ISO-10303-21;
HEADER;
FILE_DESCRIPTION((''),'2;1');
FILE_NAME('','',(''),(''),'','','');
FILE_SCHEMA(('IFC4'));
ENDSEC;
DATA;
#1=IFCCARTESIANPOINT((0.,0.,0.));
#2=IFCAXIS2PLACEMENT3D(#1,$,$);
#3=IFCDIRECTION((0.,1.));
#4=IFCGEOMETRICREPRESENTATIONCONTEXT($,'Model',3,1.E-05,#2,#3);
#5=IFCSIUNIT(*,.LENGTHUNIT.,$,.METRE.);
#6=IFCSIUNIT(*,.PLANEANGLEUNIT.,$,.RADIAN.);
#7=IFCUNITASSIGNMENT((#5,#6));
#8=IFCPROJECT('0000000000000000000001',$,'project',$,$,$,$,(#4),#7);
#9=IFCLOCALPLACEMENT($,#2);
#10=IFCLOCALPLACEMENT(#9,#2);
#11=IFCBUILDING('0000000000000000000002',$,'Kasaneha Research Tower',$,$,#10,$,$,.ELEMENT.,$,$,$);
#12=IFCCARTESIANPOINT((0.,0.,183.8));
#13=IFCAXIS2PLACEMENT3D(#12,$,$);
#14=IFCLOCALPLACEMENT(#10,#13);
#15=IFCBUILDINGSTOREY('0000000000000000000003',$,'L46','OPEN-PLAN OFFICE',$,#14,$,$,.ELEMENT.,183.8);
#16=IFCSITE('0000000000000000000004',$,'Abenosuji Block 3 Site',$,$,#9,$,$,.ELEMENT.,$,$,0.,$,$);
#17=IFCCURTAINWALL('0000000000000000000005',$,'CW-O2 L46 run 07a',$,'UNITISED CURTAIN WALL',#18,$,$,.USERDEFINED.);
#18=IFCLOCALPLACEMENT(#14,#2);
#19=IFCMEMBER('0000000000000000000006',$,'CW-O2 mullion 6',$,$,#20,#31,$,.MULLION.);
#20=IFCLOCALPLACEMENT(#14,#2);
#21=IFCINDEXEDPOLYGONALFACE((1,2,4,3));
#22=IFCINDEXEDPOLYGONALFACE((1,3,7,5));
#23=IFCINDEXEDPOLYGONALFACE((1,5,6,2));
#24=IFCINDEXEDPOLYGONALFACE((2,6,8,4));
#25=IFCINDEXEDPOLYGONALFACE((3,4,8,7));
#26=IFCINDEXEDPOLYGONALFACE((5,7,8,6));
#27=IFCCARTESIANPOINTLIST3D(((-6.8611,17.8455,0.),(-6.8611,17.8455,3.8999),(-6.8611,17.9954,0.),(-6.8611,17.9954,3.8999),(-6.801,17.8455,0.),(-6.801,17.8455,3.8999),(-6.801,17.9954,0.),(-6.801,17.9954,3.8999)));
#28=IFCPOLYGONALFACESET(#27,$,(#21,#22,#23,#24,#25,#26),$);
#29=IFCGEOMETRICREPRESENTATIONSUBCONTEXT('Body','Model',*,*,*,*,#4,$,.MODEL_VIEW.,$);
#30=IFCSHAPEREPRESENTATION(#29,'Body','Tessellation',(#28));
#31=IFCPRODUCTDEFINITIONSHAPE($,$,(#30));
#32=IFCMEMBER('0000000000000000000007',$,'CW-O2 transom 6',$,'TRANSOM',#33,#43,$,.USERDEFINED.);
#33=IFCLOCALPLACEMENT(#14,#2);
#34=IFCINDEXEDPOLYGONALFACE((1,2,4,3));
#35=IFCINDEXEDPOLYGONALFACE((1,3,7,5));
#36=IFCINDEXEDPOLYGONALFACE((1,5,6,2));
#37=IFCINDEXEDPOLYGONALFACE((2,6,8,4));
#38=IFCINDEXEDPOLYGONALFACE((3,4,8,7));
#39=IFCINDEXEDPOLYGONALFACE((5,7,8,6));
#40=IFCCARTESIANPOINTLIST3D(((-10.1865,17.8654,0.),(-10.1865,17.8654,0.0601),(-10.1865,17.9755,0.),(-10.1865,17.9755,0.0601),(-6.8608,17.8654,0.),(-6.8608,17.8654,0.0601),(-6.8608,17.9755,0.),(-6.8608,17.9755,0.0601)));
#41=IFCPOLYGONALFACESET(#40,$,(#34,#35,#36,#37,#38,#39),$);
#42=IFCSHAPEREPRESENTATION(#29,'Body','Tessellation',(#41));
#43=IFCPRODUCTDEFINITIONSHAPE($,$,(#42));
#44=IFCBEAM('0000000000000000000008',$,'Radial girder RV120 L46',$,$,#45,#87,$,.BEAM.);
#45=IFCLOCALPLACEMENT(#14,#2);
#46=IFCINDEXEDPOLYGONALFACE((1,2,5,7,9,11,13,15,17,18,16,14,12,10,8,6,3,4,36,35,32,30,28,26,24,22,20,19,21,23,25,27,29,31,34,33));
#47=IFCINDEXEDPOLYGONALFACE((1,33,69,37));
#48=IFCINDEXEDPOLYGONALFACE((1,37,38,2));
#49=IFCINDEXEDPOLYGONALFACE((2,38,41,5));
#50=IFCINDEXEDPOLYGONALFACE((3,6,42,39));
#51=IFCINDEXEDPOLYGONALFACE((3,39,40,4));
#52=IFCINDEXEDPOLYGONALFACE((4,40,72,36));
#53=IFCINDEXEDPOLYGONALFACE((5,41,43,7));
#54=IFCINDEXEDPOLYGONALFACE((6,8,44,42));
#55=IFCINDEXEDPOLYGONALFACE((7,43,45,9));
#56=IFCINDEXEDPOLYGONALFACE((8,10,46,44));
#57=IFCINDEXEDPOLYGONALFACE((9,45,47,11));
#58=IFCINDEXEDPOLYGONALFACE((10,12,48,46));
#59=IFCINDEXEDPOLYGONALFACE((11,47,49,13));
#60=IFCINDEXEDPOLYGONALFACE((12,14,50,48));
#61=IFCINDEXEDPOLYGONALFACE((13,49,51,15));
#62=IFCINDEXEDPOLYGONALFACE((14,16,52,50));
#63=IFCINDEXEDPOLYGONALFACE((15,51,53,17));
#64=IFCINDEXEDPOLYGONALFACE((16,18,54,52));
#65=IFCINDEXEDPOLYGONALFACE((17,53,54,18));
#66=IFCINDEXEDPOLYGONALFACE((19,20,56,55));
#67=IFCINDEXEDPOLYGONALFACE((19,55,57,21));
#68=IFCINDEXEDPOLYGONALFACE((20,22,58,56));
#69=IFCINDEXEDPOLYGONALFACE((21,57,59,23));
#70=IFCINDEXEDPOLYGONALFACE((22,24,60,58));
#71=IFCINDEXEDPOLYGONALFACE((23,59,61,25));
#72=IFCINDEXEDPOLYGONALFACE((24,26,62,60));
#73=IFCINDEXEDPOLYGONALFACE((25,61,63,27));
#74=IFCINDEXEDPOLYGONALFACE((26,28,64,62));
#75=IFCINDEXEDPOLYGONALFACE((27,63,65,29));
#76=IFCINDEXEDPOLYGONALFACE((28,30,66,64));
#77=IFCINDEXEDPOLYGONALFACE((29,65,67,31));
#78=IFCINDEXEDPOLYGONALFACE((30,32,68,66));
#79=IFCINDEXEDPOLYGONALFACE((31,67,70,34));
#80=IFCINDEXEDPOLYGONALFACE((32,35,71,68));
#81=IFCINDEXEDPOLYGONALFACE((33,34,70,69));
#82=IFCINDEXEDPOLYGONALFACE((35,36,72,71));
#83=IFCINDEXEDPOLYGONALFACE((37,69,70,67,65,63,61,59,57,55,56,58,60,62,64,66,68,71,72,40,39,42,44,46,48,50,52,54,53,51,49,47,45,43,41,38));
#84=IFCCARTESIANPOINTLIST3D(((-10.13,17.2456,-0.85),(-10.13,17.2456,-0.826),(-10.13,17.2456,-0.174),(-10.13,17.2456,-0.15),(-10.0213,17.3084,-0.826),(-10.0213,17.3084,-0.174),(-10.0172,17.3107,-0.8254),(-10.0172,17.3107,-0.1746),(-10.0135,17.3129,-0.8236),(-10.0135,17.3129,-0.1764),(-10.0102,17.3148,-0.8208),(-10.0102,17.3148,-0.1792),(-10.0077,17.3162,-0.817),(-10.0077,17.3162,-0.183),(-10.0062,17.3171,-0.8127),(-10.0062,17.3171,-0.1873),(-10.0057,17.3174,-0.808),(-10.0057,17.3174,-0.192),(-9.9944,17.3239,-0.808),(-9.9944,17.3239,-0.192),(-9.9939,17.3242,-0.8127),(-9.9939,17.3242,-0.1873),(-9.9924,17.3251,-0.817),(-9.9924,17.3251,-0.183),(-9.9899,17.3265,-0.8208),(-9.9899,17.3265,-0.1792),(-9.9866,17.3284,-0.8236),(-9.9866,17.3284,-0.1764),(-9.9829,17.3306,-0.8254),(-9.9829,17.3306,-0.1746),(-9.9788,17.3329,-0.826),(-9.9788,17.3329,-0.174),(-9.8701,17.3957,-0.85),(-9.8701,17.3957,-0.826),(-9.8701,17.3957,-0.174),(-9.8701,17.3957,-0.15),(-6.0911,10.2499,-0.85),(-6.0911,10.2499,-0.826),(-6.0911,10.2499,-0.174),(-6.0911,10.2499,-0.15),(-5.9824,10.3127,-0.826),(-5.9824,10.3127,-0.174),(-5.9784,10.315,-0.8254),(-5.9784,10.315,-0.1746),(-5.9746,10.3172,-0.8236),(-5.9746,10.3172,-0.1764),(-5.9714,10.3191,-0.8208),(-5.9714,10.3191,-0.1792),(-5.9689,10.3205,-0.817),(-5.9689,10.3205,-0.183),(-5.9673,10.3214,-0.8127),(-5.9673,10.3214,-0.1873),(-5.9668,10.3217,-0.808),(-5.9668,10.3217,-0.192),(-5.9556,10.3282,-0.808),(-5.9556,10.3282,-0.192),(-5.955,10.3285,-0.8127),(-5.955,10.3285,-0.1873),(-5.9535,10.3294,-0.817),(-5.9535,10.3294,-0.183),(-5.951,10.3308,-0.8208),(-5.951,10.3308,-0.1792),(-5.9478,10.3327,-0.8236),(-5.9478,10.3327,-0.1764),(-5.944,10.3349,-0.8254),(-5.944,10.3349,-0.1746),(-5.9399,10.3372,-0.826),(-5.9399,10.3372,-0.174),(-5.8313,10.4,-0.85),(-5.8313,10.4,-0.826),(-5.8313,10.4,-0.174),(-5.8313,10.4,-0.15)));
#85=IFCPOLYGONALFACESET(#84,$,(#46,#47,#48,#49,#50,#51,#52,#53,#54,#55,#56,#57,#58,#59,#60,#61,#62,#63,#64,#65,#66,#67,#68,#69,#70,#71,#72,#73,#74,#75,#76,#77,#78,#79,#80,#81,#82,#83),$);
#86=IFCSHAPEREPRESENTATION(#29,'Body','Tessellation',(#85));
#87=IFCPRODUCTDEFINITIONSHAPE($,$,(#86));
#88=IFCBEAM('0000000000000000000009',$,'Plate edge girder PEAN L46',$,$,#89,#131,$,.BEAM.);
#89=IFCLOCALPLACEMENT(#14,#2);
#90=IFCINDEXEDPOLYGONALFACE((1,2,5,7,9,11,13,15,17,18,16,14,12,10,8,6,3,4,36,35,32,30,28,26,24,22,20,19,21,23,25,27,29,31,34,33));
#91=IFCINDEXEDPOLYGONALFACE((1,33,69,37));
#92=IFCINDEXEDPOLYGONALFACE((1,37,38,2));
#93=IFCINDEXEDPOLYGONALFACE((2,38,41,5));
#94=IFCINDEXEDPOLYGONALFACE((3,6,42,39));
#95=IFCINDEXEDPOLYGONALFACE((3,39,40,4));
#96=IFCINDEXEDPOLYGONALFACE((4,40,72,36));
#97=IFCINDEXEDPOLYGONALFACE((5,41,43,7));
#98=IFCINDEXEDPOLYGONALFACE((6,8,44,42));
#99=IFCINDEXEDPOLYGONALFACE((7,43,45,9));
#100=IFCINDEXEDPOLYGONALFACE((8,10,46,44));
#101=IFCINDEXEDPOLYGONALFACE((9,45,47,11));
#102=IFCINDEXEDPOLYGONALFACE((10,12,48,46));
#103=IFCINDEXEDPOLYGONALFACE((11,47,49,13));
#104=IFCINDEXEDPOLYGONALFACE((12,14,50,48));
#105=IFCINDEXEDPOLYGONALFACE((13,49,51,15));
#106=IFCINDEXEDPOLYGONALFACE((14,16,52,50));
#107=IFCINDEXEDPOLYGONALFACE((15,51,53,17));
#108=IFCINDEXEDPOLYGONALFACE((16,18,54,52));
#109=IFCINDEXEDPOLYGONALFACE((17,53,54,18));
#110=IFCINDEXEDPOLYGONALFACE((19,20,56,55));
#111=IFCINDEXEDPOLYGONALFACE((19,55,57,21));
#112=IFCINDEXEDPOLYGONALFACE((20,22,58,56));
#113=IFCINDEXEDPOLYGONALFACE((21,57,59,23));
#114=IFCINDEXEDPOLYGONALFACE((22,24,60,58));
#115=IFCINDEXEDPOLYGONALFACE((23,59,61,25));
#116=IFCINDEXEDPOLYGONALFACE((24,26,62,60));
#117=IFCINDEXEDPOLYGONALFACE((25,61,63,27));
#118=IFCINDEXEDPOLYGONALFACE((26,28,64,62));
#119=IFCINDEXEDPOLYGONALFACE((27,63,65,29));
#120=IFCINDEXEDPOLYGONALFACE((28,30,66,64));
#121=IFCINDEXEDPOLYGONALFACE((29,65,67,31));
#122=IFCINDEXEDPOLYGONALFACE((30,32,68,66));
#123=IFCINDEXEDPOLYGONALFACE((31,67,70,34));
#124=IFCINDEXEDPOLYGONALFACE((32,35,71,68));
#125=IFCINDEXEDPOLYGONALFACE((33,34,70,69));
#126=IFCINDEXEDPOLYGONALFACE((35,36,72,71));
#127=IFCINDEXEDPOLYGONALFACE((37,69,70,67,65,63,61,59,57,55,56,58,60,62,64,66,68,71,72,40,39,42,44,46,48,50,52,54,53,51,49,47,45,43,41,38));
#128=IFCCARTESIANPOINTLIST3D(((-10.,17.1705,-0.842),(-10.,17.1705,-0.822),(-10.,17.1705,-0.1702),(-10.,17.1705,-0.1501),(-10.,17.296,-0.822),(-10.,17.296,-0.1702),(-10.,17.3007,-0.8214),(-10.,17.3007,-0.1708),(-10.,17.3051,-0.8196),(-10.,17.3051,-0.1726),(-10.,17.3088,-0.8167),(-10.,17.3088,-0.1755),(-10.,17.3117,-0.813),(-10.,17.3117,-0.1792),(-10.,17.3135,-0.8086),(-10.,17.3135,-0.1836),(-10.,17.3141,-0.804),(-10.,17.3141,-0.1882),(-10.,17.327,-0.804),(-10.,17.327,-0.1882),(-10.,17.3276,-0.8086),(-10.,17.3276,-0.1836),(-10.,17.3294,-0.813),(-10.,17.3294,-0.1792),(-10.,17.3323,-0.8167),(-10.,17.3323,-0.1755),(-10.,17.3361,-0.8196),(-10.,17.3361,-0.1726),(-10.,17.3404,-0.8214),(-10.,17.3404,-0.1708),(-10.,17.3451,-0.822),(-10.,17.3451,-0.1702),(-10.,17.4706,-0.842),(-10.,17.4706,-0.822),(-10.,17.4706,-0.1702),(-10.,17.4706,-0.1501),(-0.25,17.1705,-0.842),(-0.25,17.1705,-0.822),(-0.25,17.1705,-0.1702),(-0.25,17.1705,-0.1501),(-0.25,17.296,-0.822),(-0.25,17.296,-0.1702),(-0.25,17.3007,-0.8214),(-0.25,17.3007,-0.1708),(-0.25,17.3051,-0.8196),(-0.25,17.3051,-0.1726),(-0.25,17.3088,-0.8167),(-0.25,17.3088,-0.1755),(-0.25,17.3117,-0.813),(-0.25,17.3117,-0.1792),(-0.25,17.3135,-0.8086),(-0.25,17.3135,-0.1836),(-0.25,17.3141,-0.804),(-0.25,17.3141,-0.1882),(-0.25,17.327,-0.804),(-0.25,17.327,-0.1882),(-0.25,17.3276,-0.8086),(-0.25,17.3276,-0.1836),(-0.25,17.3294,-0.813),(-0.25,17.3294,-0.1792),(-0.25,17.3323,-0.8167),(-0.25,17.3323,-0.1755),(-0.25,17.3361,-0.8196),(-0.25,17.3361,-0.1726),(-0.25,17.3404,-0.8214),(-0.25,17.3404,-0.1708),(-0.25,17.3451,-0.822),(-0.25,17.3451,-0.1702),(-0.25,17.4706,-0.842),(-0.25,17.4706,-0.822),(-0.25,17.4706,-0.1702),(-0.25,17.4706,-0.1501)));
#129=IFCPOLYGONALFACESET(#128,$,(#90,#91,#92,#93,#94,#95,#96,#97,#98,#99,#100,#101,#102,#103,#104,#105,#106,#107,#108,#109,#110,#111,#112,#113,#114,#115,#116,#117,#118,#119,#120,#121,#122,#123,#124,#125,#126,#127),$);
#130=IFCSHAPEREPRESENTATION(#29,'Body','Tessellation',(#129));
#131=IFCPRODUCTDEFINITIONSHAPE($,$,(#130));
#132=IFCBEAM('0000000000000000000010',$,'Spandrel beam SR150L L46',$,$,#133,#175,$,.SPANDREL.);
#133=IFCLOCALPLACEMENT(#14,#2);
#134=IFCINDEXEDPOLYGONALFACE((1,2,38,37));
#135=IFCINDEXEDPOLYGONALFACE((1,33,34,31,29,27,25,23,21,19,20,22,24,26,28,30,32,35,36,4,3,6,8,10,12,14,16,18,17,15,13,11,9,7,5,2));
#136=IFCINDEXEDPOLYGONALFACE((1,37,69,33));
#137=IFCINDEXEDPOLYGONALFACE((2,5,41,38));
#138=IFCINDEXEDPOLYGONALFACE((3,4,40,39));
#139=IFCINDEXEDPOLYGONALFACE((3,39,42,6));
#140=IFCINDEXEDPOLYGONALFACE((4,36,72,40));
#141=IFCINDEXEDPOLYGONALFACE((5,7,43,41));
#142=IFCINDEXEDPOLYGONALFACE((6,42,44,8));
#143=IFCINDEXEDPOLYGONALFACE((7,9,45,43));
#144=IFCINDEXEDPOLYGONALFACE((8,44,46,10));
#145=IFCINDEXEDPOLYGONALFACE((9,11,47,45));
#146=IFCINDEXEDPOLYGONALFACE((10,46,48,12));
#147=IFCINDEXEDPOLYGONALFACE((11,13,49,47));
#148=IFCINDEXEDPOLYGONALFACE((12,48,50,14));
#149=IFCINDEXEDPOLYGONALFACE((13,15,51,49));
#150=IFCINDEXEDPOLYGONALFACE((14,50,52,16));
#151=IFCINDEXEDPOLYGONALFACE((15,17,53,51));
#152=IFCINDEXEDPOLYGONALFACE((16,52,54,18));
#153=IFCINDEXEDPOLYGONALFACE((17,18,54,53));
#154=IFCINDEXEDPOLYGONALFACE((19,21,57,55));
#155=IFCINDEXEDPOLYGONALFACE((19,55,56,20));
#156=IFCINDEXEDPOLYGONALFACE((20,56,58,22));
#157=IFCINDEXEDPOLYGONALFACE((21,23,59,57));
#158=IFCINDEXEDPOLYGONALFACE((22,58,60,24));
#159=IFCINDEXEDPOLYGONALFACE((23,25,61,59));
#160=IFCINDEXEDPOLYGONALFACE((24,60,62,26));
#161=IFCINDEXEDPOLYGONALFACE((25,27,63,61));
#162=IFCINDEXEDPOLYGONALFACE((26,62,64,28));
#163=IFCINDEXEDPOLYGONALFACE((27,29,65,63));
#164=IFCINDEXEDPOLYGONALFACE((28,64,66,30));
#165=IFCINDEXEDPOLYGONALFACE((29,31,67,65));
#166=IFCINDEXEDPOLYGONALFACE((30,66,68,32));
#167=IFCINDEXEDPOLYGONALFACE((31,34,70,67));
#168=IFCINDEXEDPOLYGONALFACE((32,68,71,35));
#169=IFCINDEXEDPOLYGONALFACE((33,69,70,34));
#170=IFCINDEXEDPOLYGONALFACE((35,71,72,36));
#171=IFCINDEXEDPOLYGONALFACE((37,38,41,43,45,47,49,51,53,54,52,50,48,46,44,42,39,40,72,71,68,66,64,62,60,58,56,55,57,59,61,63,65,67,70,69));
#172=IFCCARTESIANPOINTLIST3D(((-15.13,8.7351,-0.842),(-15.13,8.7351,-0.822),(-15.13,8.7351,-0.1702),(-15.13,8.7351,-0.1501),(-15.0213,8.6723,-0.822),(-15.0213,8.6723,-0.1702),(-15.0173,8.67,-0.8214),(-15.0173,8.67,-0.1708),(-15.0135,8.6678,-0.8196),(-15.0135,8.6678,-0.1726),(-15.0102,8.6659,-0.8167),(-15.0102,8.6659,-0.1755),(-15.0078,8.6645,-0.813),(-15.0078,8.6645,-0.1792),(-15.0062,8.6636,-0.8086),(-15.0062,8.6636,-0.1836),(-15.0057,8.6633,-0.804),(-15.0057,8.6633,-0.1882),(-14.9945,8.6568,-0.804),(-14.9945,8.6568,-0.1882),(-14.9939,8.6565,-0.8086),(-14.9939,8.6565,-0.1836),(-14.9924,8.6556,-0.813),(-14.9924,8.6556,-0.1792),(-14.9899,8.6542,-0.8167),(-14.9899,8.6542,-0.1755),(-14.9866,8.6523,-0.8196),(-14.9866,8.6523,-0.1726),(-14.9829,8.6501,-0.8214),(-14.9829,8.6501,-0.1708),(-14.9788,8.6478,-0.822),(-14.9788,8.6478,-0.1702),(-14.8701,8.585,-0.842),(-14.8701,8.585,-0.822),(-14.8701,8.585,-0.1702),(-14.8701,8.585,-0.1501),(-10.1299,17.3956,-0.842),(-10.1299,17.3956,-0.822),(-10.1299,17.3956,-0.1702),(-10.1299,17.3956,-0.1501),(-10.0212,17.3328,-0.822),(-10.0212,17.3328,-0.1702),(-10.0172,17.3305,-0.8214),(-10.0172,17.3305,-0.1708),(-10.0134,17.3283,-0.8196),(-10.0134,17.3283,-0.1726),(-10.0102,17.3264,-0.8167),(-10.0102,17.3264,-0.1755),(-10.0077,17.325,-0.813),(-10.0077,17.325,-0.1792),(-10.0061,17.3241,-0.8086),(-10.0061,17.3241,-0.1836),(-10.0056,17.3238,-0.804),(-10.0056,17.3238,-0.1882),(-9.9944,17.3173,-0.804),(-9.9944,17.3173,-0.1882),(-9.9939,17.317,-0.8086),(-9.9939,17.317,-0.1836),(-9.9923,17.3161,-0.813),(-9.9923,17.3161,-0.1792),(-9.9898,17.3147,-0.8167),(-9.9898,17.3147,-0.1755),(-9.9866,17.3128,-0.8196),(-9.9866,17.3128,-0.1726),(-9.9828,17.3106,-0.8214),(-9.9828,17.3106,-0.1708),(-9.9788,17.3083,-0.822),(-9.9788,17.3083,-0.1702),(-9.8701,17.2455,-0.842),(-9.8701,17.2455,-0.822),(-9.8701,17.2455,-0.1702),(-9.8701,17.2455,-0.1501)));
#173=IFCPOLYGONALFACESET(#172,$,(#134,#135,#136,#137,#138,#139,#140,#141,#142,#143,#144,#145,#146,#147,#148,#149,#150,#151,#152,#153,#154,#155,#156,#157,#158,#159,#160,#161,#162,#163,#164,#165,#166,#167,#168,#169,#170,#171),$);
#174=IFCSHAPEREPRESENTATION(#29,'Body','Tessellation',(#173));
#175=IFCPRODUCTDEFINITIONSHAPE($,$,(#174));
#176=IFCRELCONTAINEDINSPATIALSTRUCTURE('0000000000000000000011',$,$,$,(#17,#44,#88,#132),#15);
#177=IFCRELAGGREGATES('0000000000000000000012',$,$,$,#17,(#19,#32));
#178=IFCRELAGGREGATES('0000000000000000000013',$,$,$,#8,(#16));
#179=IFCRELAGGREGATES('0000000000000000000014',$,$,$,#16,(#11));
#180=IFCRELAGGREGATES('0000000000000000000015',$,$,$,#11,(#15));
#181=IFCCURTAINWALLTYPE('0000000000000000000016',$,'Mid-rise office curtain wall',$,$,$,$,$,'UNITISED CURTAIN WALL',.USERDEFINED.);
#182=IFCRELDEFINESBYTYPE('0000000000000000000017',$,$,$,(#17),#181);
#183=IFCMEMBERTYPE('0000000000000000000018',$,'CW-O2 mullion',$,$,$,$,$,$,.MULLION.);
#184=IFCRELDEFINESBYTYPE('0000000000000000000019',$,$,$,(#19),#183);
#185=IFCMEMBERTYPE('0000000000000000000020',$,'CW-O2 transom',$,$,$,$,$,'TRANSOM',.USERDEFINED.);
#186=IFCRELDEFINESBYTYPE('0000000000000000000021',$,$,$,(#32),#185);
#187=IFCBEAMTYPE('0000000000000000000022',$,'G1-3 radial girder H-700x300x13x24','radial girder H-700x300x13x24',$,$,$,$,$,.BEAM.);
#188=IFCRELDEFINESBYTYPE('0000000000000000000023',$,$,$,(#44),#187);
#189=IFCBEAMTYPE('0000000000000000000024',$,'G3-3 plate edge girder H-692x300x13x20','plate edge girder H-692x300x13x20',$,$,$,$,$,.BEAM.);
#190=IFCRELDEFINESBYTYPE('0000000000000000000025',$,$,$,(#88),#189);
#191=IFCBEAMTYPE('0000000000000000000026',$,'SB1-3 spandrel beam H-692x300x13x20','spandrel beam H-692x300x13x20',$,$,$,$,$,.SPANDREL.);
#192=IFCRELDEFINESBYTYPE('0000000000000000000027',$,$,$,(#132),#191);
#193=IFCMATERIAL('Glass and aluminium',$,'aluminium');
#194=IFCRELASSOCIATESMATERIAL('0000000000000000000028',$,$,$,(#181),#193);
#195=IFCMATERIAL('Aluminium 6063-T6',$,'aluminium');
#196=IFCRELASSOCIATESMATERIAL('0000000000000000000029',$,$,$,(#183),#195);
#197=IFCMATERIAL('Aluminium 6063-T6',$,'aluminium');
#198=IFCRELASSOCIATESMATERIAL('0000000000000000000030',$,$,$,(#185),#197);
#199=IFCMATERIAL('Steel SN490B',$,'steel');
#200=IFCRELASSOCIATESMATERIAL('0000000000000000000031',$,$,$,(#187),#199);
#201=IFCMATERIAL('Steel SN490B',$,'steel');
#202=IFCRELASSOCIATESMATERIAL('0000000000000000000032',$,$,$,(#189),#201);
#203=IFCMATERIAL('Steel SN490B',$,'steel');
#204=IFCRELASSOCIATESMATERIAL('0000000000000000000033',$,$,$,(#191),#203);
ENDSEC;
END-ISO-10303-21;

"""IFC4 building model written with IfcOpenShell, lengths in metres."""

from ifc_helpers import new_model, si_unit, direction, frame, origin, origin_2d, place, context, subcontext, project, spatial, rectangle, i_section, extrude, material, material_profile, profile_set, type_object, element, aggregate, save


model = new_model("IFC4")

# Units and contexts
model_context = context("Model", 3, precision=1e-05, world=origin(), true_north=direction((0.0, 1.0)))
body_context = subcontext(model_context, "Body", "Model", "MODEL_VIEW")
ifc_project = project(units=[si_unit("LENGTHUNIT", "METRE"), si_unit("PLANEANGLEUNIT", "RADIAN")], contexts=[model_context])

# Site, building, storey
site_placement = place(None, origin())
site = spatial("IfcSite", under=ifc_project, at=site_placement, Name="Abenosuji Block 3 Site", CompositionType="ELEMENT", RefElevation=0.0)
building_placement = place(site_placement, origin())
building = spatial("IfcBuilding", under=site, at=building_placement, Name="Kasaneha Research Tower", CompositionType="ELEMENT")
storey_placement = place(building_placement, frame((0.0, 0.0, 183.8)))
storey = spatial("IfcBuildingStorey", under=building, at=storey_placement, Name="L46", Description="OPEN-PLAN OFFICE", CompositionType="ELEMENT", Elevation=183.8)

# Curtain wall, members
ifc_material_1 = material(Name="Glass and aluminium", Category="aluminium")
curtain_wall_type = type_object("IfcCurtainWallType", Name="Mid-rise office curtain wall", ElementType="UNITISED CURTAIN WALL", PredefinedType="USERDEFINED", material=ifc_material_1)
curtain_wall_placement = place(storey_placement, origin())
curtain_wall = element("IfcCurtainWall", 1, at=curtain_wall_placement, inside=storey, type_object=curtain_wall_type, Name="CW-O2 L46 run 07a", ObjectType="UNITISED CURTAIN WALL", PredefinedType="USERDEFINED")
ifc_material_2 = material(Name="Aluminium 6063-T6", Category="aluminium")
ifc_material_profile_1 = material_profile(ifc_material_2, rectangle(XDim=0.0601, YDim=0.1499, at=origin_2d()), Name="CW-O2 mullion 60x150")
ifc_profile_set_1 = profile_set([ifc_material_profile_1], Name="Aluminium 6063-T6")
member_type_1 = type_object("IfcMemberType", Name="CW-O2 mullion", PredefinedType="MULLION", material=ifc_profile_set_1)
member_1_placement = place(storey_placement, frame((-6.8311, 17.9204, 0.0), z_axis=(0.0, 0.0, 1.0), x_axis=(-1.0, 0.0, 0.0)))
member_1 = element("IfcMember", 2, at=member_1_placement, type_object=member_type_1, Name="CW-O2 mullion 6", PredefinedType="MULLION", context=body_context, shape_type="SweptSolid", body=[
    extrude(rectangle(XDim=0.0601, YDim=0.1499, at=origin_2d()), origin(), (0.0, 0.0, 1.0), 3.8999),
])
ifc_material_3 = material(Name="Aluminium 6063-T6", Category="aluminium")
ifc_material_profile_2 = material_profile(ifc_material_3, rectangle(XDim=0.1101, YDim=0.0601, at=origin_2d()), Name="CW-O2 transom 110x60")
ifc_profile_set_2 = profile_set([ifc_material_profile_2], Name="Aluminium 6063-T6")
member_type_2 = type_object("IfcMemberType", Name="CW-O2 transom", ElementType="TRANSOM", PredefinedType="USERDEFINED", material=ifc_profile_set_2)
member_2_placement = place(storey_placement, frame((-6.8608, 17.9204, 0.03), z_axis=(-1.0, 0.0, 0.0), x_axis=(0.0, -1.0, 0.0)))
member_2 = element("IfcMember", 3, at=member_2_placement, type_object=member_type_2, Name="CW-O2 transom 6", ObjectType="TRANSOM", PredefinedType="USERDEFINED", context=body_context, shape_type="SweptSolid", body=[
    extrude(rectangle(XDim=0.1101, YDim=0.0601, at=origin_2d()), origin(), (0.0, 0.0, 1.0), 3.3257),
])

# Beams
ifc_material_4 = material(Name="Steel SN490B", Category="steel")
ifc_material_profile_3 = material_profile(ifc_material_4, i_section(OverallWidth=0.3, OverallDepth=0.7, WebThickness=0.0129, FlangeThickness=0.0239, FilletRadius=0.0181, at=origin_2d()), Name="H-700x300x13x24")
ifc_profile_set_3 = profile_set([ifc_material_profile_3], Name="Steel SN490B")
beam_type_1 = type_object("IfcBeamType", Name="G1-3 radial girder H-700x300x13x24", Description="radial girder H-700x300x13x24", PredefinedType="BEAM", material=ifc_profile_set_3)
beam_1_placement = place(storey_placement, frame((-5.9612, 10.325, -0.5), z_axis=(-0.499991, 0.866031, 0.0), x_axis=(-0.866031, -0.499991, 0.0)))
element("IfcBeam", 4, at=beam_1_placement, inside=storey, type_object=beam_type_1, Name="Radial girder RV120 L46", PredefinedType="BEAM", context=body_context, shape_type="SweptSolid", body=[
    extrude(i_section(OverallWidth=0.3, OverallDepth=0.7, WebThickness=0.0129, FlangeThickness=0.0239, FilletRadius=0.0181, at=origin_2d()), origin(), (0.0, 0.0, 1.0), 8.0779),
])
ifc_material_5 = material(Name="Steel SN490B", Category="steel")
ifc_material_profile_4 = material_profile(ifc_material_5, i_section(OverallWidth=0.3, OverallDepth=0.6919, WebThickness=0.0129, FlangeThickness=0.02, FilletRadius=0.0181, at=origin_2d()), Name="H-692x300x13x20")
ifc_profile_set_4 = profile_set([ifc_material_profile_4], Name="Steel SN490B")
beam_type_2 = type_object("IfcBeamType", Name="G3-3 plate edge girder H-692x300x13x20", Description="plate edge girder H-692x300x13x20", PredefinedType="BEAM", material=ifc_profile_set_4)
beam_2_placement = place(storey_placement, frame((-10.0, 17.3206, -0.4961), z_axis=(1.0, 0.0, 0.0), x_axis=(0.0, 1.0, 0.0)))
element("IfcBeam", 5, at=beam_2_placement, inside=storey, type_object=beam_type_2, Name="Plate edge girder PEAN L46", PredefinedType="BEAM", context=body_context, shape_type="SweptSolid", body=[
    extrude(i_section(OverallWidth=0.3, OverallDepth=0.6919, WebThickness=0.0129, FlangeThickness=0.02, FilletRadius=0.0181, at=origin_2d()), origin(), (0.0, 0.0, 1.0), 9.75),
])
ifc_material_6 = material(Name="Steel SN490B", Category="steel")
ifc_material_profile_5 = material_profile(ifc_material_6, i_section(OverallWidth=0.3, OverallDepth=0.6919, WebThickness=0.0129, FlangeThickness=0.02, FilletRadius=0.0181, at=origin_2d()), Name="H-692x300x13x20")
ifc_profile_set_5 = profile_set([ifc_material_profile_5], Name="Steel SN490B")
beam_type_3 = type_object("IfcBeamType", Name="SB1-3 spandrel beam H-692x300x13x20", Description="spandrel beam H-692x300x13x20", PredefinedType="SPANDREL", material=ifc_profile_set_5)
beam_3_placement = place(storey_placement, frame((-10.0, 17.3206, -0.4961), z_axis=(-0.499994, -0.866029, 0.0), x_axis=(0.866029, -0.499994, 0.0)))
element("IfcBeam", 6, at=beam_3_placement, inside=storey, type_object=beam_type_3, Name="Spandrel beam SR150L L46", PredefinedType="SPANDREL", context=body_context, shape_type="SweptSolid", body=[
    extrude(i_section(OverallWidth=0.3, OverallDepth=0.6919, WebThickness=0.0129, FlangeThickness=0.02, FilletRadius=0.0181, at=origin_2d()), origin(), (0.0, 0.0, 1.0), 10.0002),
])

aggregate(curtain_wall, [member_1, member_2])

save(model, "model.ifc")
